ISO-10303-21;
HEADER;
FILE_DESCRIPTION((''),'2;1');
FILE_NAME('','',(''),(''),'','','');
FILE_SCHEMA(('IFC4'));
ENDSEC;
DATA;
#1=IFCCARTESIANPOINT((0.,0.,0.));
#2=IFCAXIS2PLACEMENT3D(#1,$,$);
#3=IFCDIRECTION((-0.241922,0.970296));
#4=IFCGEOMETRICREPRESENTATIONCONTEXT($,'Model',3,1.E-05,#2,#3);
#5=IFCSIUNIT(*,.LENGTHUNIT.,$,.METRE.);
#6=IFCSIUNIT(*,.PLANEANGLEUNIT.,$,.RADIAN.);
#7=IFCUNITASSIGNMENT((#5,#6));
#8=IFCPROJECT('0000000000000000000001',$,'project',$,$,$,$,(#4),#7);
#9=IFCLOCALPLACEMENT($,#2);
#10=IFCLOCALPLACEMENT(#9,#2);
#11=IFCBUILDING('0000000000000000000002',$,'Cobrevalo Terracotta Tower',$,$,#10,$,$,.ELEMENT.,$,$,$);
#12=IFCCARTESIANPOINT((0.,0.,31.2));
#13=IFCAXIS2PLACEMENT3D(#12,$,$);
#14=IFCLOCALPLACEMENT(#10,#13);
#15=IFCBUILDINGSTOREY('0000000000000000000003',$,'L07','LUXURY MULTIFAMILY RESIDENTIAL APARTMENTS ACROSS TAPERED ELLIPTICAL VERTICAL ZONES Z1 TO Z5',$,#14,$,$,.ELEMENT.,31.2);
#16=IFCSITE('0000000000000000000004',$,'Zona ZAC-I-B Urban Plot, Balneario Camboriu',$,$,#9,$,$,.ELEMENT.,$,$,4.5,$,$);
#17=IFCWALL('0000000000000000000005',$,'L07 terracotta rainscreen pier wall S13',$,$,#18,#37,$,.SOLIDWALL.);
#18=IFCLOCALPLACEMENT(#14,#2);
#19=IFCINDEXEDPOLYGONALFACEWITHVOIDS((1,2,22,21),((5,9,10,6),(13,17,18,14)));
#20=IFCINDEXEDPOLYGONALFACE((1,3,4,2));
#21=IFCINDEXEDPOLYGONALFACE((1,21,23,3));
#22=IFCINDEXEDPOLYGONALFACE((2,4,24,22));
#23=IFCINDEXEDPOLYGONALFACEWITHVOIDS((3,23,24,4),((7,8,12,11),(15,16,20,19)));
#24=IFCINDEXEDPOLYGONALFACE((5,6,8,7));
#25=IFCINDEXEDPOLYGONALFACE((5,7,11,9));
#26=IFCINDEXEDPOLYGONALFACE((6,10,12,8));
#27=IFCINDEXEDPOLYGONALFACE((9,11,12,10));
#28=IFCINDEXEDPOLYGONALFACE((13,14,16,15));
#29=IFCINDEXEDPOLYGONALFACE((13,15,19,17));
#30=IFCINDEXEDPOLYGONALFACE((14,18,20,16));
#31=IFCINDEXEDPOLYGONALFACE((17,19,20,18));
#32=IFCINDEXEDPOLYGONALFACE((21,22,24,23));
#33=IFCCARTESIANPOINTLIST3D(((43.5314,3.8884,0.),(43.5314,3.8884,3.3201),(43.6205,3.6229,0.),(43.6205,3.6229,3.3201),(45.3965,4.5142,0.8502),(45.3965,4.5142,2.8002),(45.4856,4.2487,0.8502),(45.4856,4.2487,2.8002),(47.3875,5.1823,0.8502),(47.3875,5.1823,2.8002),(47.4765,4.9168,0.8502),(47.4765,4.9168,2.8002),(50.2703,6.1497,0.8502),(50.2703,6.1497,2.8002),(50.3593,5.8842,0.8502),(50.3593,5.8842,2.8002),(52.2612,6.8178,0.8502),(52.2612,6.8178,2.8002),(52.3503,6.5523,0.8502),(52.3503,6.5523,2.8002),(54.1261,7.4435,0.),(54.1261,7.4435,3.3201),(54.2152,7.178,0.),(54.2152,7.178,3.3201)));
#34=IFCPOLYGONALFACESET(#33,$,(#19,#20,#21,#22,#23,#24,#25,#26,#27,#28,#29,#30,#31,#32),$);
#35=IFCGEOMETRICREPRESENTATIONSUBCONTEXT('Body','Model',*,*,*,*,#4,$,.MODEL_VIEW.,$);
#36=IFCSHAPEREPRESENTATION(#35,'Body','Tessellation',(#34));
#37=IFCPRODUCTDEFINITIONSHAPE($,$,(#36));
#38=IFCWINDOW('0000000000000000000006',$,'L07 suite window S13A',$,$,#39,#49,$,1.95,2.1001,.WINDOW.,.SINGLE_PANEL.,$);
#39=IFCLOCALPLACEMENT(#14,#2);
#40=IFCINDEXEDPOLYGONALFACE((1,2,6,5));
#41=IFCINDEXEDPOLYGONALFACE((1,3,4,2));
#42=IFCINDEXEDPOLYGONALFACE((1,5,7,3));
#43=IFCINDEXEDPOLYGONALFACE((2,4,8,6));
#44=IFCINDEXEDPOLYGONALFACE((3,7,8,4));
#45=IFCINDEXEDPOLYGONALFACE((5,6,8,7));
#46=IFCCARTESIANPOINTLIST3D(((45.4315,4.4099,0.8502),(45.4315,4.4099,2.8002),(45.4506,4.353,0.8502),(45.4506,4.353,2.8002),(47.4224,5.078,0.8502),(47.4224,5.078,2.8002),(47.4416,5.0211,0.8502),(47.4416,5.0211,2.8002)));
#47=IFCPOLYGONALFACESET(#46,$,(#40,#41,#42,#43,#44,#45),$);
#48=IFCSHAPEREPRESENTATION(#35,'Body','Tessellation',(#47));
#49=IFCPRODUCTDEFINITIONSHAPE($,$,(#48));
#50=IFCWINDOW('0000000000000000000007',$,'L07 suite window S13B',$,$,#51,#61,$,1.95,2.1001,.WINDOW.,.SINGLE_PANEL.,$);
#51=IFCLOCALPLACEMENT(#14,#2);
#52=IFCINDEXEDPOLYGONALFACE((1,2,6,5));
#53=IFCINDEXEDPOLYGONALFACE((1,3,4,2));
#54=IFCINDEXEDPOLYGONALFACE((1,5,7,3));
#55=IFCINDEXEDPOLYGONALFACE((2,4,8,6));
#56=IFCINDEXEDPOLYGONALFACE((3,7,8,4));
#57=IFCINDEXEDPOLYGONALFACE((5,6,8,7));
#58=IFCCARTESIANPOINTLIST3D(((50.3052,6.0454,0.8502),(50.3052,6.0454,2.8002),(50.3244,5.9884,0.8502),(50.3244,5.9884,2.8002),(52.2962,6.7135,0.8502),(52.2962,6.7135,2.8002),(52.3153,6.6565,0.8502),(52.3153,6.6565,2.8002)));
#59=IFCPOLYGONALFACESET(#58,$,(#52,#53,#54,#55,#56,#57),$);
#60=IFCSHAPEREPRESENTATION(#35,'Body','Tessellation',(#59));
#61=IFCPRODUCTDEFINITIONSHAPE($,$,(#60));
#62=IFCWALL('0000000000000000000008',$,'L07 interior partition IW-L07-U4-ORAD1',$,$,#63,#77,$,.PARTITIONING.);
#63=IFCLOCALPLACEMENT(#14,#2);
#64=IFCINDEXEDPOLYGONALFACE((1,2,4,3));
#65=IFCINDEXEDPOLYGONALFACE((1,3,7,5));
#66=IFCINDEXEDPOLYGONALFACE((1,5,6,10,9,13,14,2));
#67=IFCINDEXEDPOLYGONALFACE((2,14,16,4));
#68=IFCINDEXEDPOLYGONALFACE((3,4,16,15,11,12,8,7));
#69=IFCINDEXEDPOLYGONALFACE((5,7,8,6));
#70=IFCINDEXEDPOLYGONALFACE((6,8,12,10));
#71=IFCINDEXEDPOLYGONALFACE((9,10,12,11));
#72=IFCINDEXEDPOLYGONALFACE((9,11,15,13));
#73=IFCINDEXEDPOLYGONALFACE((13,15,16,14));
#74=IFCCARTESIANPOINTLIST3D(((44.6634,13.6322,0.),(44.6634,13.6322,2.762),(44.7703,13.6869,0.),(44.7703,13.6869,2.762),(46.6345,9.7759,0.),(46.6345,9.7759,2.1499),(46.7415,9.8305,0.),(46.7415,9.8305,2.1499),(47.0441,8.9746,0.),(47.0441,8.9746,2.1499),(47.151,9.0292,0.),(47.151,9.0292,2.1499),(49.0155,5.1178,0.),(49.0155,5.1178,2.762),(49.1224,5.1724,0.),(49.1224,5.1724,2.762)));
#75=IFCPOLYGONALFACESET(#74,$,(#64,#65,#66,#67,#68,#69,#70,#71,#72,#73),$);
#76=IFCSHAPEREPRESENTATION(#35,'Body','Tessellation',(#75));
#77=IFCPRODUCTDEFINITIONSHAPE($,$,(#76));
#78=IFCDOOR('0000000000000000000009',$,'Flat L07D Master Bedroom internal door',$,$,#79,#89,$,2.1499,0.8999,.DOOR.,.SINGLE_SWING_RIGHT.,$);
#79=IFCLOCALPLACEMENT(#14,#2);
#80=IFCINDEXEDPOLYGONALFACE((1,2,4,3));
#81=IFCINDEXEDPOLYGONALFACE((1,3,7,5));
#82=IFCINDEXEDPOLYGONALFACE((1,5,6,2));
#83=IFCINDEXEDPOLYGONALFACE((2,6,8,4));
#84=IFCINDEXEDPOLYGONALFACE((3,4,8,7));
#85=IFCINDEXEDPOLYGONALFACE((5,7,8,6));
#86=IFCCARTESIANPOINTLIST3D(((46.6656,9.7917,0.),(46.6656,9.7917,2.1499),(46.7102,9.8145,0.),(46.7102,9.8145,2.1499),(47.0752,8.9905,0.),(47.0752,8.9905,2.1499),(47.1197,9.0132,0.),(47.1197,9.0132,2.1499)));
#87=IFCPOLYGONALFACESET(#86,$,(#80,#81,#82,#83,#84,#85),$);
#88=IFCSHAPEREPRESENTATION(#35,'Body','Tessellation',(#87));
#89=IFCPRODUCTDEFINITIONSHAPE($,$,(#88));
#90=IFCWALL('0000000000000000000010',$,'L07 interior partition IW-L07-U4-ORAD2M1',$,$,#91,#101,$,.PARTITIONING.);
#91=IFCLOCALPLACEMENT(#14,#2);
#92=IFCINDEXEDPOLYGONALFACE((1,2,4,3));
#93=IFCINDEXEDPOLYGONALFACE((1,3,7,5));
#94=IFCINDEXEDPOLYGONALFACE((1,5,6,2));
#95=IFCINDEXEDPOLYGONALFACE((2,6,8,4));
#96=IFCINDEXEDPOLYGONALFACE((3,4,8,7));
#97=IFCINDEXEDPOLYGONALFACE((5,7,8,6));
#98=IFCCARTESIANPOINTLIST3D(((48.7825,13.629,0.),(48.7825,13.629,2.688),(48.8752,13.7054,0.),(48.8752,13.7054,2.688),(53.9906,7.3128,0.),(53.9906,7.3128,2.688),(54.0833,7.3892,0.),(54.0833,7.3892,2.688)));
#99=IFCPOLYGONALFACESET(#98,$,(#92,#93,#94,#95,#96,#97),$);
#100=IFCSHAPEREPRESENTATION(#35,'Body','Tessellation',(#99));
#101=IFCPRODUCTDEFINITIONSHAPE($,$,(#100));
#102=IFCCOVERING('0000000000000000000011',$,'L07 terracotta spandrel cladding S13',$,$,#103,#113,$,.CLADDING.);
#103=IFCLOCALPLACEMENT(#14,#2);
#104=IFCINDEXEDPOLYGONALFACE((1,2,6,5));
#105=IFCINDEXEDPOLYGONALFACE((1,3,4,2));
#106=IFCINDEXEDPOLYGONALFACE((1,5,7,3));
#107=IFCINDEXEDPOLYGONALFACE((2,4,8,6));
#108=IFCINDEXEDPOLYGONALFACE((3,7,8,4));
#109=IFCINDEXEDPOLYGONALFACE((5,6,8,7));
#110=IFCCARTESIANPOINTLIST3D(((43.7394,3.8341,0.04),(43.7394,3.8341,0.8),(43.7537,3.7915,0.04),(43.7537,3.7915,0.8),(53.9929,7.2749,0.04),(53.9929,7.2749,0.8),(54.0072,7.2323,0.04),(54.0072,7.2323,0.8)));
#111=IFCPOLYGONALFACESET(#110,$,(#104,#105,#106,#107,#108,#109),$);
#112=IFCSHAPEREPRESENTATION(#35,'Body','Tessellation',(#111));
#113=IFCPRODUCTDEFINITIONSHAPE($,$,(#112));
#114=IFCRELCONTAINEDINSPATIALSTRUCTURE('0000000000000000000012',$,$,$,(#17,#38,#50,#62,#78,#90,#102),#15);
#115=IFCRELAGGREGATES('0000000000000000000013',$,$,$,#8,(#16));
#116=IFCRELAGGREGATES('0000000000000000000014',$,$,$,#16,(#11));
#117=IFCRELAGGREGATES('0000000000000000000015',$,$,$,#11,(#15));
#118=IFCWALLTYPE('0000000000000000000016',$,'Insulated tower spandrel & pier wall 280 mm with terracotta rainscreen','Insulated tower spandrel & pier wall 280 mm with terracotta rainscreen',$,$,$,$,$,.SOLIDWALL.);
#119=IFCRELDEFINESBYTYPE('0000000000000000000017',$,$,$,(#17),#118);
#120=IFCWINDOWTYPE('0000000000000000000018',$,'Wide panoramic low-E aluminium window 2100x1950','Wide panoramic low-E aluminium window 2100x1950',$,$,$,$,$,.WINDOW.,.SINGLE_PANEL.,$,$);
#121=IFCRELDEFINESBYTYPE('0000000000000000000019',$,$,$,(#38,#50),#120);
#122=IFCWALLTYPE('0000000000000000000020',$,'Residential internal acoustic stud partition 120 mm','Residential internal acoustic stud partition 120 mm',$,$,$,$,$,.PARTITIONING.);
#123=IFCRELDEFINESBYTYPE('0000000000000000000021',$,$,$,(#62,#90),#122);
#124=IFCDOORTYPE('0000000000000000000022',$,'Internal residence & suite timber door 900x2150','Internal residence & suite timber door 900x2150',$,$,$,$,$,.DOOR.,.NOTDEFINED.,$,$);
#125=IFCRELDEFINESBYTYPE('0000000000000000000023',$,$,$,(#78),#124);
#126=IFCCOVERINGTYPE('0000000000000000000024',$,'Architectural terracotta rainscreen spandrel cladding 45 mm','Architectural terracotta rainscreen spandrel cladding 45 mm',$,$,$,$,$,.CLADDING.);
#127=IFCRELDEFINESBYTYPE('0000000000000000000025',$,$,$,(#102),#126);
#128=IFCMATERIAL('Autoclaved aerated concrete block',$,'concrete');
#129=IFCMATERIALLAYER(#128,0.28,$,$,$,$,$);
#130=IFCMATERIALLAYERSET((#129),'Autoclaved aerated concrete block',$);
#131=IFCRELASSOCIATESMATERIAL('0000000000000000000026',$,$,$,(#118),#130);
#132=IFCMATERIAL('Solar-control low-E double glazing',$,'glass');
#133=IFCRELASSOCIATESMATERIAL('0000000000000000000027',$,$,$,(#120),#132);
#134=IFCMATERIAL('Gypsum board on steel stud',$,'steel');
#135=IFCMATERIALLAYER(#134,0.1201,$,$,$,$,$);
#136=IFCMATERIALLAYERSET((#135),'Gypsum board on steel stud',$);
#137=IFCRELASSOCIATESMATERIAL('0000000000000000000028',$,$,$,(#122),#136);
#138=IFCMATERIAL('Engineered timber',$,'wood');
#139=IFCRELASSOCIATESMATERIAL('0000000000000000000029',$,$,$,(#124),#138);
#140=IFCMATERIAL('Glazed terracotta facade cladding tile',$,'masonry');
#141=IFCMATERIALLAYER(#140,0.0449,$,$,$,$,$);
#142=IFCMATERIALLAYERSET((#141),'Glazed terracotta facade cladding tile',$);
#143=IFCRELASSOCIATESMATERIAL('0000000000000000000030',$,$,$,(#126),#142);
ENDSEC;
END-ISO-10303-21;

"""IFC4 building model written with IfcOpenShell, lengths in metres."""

from ifc_helpers import new_model, si_unit, direction, frame, frame_2d, origin, origin_2d, place, context, subcontext, project, spatial, rectangle, extrude, source, transform, mapped, material, layer, layer_set, type_object, element, fill, save


model = new_model("IFC4")

# Units and contexts
model_context = context("Model", 3, precision=1e-05, world=origin(), true_north=direction((-0.241922, 0.970296)))
body_context = subcontext(model_context, "Body", "Model", "MODEL_VIEW")
ifc_project = project(units=[si_unit("LENGTHUNIT", "METRE"), si_unit("PLANEANGLEUNIT", "RADIAN")], contexts=[model_context])

# Site, building, storey
site_placement = place(None, origin())
site = spatial("IfcSite", under=ifc_project, at=site_placement, Name="Zona ZAC-I-B Urban Plot, Balneario Camboriu", CompositionType="ELEMENT", RefElevation=4.5)
building_placement = place(site_placement, origin())
building = spatial("IfcBuilding", under=site, at=building_placement, Name="Cobrevalo Terracotta Tower", CompositionType="ELEMENT")
storey_placement = place(building_placement, frame((0.0, 0.0, 31.2)))
storey = spatial("IfcBuildingStorey", under=building, at=storey_placement, Name="L07", Description="LUXURY MULTIFAMILY RESIDENTIAL APARTMENTS ACROSS TAPERED ELLIPTICAL VERTICAL ZONES Z1 TO Z5", CompositionType="ELEMENT", Elevation=31.2)

# Shared definitions
ifc_material_1 = material(Name="Solar-control low-E double glazing", Category="glass")

# Shared definitions
ifc_material_2 = material(Name="Gypsum board on steel stud", Category="steel")

# Shared definitions
ifc_material_3 = material(Name="Autoclaved aerated concrete block", Category="concrete")

# Wall, openings, windows
ifc_layer_1 = layer(ifc_material_3, 0.28)
ifc_layer_set_1 = layer_set([ifc_layer_1], Name="Autoclaved aerated concrete block")
wall_type_1 = type_object("IfcWallType", Name="Insulated tower spandrel & pier wall 280 mm with terracotta rainscreen", Description="Insulated tower spandrel & pier wall 280 mm with terracotta rainscreen", PredefinedType="SOLIDWALL", material=ifc_layer_set_1)
wall_1_placement = place(storey_placement, frame((43.5759, 3.7556, 0.0), z_axis=(0.0, 0.0, 1.0), x_axis=(0.948048, 0.318128, 0.0)))
wall_1 = element("IfcWall", 1, at=wall_1_placement, inside=storey, type_object=wall_type_1, Name="L07 terracotta rainscreen pier wall S13", PredefinedType="SOLIDWALL", context=body_context, shape_type="SweptSolid", body=[
    extrude(rectangle(XDim=11.1753, YDim=0.28, at=frame_2d((5.5876, 0.0))), origin(), (0.0, 0.0, 1.0), 3.3201),
])
opening_1_placement = place(wall_1_placement, frame((1.9673, 0.0, 0.8501)))
opening_1 = element("IfcOpeningElement", 2, at=opening_1_placement, cuts=wall_1, PredefinedType="OPENING", context=body_context, shape_type="SweptSolid", body=[
    extrude(rectangle(XDim=2.1001, YDim=1.95, at=frame_2d((1.05, 0.9751))), frame((0.0, 0.1499, 0.0), z_axis=(0.0, -1.0, 0.0), x_axis=(1.0, 0.0, 0.0)), (0.0, 0.0, 1.0), 0.3),
])
opening_2_placement = place(wall_1_placement, frame((7.1082, 0.0, 0.8501)))
opening_2 = element("IfcOpeningElement", 3, at=opening_2_placement, cuts=wall_1, PredefinedType="OPENING", context=body_context, shape_type="SweptSolid", body=[
    extrude(rectangle(XDim=2.1001, YDim=1.95, at=frame_2d((1.05, 0.9751))), frame((0.0, 0.1499, 0.0), z_axis=(0.0, -1.0, 0.0), x_axis=(1.0, 0.0, 0.0)), (0.0, 0.0, 1.0), 0.3),
])
window_type = type_object("IfcWindowType", Name="Wide panoramic low-E aluminium window 2100x1950", Description="Wide panoramic low-E aluminium window 2100x1950", PartitioningType="SINGLE_PANEL", PredefinedType="WINDOW", material=ifc_material_1)
shared_shape_1 = source(origin(), body_context, "Body", "SweptSolid", [
    extrude(rectangle(XDim=2.1001, YDim=1.95, at=frame_2d((1.05, 0.9751))), frame((0.0, 0.03, 0.0), z_axis=(0.0, -1.0, 0.0), x_axis=(1.0, 0.0, 0.0)), (0.0, 0.0, 1.0), 0.0601),
])
window_1_placement = place(opening_1_placement, origin())
window_1 = element("IfcWindow", 4, at=window_1_placement, inside=storey, type_object=window_type, Name="L07 suite window S13A", OverallHeight=1.95, OverallWidth=2.1001, PartitioningType="SINGLE_PANEL", PredefinedType="WINDOW", context=body_context, shape_type="MappedRepresentation", body=[
    mapped(shared_shape_1, transform((0.0, 0.0, 0.0), scale=1.0)),
])
fill(opening_1, window_1)
window_2_placement = place(opening_2_placement, origin())
window_2 = element("IfcWindow", 5, at=window_2_placement, inside=storey, type_object=window_type, Name="L07 suite window S13B", OverallHeight=1.95, OverallWidth=2.1001, PartitioningType="SINGLE_PANEL", PredefinedType="WINDOW", context=body_context, shape_type="MappedRepresentation", body=[
    mapped(shared_shape_1, transform((0.0, 0.0, 0.0), scale=1.0)),
])
fill(opening_2, window_2)

# Wall, opening, door
ifc_layer_2 = layer(ifc_material_2, 0.1201)
ifc_layer_set_2 = layer_set([ifc_layer_2], Name="Gypsum board on steel stud")
wall_type_2 = type_object("IfcWallType", Name="Residential internal acoustic stud partition 120 mm", Description="Residential internal acoustic stud partition 120 mm", PredefinedType="PARTITIONING", material=ifc_layer_set_2)
wall_2_placement = place(storey_placement, frame((44.7168, 13.6597, 0.0), z_axis=(0.0, 0.0, 1.0), x_axis=(0.455131, -0.890424, 0.0)))
wall_2 = element("IfcWall", 6, at=wall_2_placement, inside=storey, type_object=wall_type_2, Name="L07 interior partition IW-L07-U4-ORAD1", PredefinedType="PARTITIONING", context=body_context, shape_type="SweptSolid", body=[
    extrude(rectangle(XDim=9.5623, YDim=0.1201, at=frame_2d((4.7812, 0.0))), origin(), (0.0, 0.0, 1.0), 2.762),
])
opening_3_placement = place(wall_2_placement, frame((4.3311, 0.0, 0.0)))
opening_3 = element("IfcOpeningElement", 7, at=opening_3_placement, cuts=wall_2, PredefinedType="OPENING", context=body_context, shape_type="SweptSolid", body=[
    extrude(rectangle(XDim=0.8999, YDim=2.1499, at=frame_2d((0.45, 1.075))), frame((0.0, 0.0701, 0.0), z_axis=(0.0, -1.0, 0.0), x_axis=(1.0, 0.0, 0.0)), (0.0, 0.0, 1.0), 0.1401),
])
ifc_material_4 = material(Name="Engineered timber", Category="wood")
door_type_1 = type_object("IfcDoorType", Name="Internal residence & suite timber door 900x2150", Description="Internal residence & suite timber door 900x2150", OperationType="NOTDEFINED", PredefinedType="DOOR", material=ifc_material_4)
shared_shape_2 = source(origin(), body_context, "Body", "SweptSolid", [
    extrude(rectangle(XDim=0.8999, YDim=2.1499, at=frame_2d((0.45, 1.075))), frame((0.0, 0.0249, 0.0), z_axis=(0.0, -1.0, 0.0), x_axis=(1.0, 0.0, 0.0)), (0.0, 0.0, 1.0), 0.05),
])
door_1_placement = place(opening_3_placement, origin())
door_1 = element("IfcDoor", 8, at=door_1_placement, inside=storey, type_object=door_type_1, Name="Flat L07D Master Bedroom internal door", OperationType="SINGLE_SWING_RIGHT", OverallHeight=2.1499, OverallWidth=0.8999, PredefinedType="DOOR", context=body_context, shape_type="MappedRepresentation", body=[
    mapped(shared_shape_2, transform((0.0, 0.0, 0.0), scale=1.0)),
])
fill(opening_3, door_1)

# Wall
wall_3_placement = place(storey_placement, frame((48.8289, 13.6672, 0.0), z_axis=(0.0, 0.0, 1.0), x_axis=(0.636178, -0.771543, 0.0)))
element("IfcWall", 9, at=wall_3_placement, inside=storey, type_object=wall_type_2, Name="L07 interior partition IW-L07-U4-ORAD2M1", PredefinedType="PARTITIONING", context=body_context, shape_type="SweptSolid", body=[
    extrude(rectangle(XDim=8.1865, YDim=0.1201, at=frame_2d((4.0933, 0.0))), origin(), (0.0, 0.0, 1.0), 2.688),
])

# Covering
ifc_material_5 = material(Name="Glazed terracotta facade cladding tile", Category="masonry")
ifc_layer_3 = layer(ifc_material_5, 0.0449)
ifc_layer_set_3 = layer_set([ifc_layer_3], Name="Glazed terracotta facade cladding tile")
covering_type = type_object("IfcCoveringType", Name="Architectural terracotta rainscreen spandrel cladding 45 mm", Description="Architectural terracotta rainscreen spandrel cladding 45 mm", PredefinedType="CLADDING", material=ifc_layer_set_3)
shared_shape_3 = source(origin(), body_context, "Body", "SweptSolid", [
    extrude(rectangle(XDim=10.8154, YDim=0.0449, at=origin_2d()), origin(), (0.0, 0.0, 1.0), 0.76),
])
covering_placement = place(storey_placement, frame((48.8733, 5.5332, 0.04), z_axis=(0.0, 0.0, 1.0), x_axis=(0.948044, 0.318139, 0.0)))
element("IfcCovering", 10, at=covering_placement, inside=storey, type_object=covering_type, Name="L07 terracotta spandrel cladding S13", PredefinedType="CLADDING", context=body_context, shape_type="MappedRepresentation", body=[
    mapped(shared_shape_3, transform((0.0, 0.0, 0.0), scale=1.0)),
])

save(model, "model.ifc")
